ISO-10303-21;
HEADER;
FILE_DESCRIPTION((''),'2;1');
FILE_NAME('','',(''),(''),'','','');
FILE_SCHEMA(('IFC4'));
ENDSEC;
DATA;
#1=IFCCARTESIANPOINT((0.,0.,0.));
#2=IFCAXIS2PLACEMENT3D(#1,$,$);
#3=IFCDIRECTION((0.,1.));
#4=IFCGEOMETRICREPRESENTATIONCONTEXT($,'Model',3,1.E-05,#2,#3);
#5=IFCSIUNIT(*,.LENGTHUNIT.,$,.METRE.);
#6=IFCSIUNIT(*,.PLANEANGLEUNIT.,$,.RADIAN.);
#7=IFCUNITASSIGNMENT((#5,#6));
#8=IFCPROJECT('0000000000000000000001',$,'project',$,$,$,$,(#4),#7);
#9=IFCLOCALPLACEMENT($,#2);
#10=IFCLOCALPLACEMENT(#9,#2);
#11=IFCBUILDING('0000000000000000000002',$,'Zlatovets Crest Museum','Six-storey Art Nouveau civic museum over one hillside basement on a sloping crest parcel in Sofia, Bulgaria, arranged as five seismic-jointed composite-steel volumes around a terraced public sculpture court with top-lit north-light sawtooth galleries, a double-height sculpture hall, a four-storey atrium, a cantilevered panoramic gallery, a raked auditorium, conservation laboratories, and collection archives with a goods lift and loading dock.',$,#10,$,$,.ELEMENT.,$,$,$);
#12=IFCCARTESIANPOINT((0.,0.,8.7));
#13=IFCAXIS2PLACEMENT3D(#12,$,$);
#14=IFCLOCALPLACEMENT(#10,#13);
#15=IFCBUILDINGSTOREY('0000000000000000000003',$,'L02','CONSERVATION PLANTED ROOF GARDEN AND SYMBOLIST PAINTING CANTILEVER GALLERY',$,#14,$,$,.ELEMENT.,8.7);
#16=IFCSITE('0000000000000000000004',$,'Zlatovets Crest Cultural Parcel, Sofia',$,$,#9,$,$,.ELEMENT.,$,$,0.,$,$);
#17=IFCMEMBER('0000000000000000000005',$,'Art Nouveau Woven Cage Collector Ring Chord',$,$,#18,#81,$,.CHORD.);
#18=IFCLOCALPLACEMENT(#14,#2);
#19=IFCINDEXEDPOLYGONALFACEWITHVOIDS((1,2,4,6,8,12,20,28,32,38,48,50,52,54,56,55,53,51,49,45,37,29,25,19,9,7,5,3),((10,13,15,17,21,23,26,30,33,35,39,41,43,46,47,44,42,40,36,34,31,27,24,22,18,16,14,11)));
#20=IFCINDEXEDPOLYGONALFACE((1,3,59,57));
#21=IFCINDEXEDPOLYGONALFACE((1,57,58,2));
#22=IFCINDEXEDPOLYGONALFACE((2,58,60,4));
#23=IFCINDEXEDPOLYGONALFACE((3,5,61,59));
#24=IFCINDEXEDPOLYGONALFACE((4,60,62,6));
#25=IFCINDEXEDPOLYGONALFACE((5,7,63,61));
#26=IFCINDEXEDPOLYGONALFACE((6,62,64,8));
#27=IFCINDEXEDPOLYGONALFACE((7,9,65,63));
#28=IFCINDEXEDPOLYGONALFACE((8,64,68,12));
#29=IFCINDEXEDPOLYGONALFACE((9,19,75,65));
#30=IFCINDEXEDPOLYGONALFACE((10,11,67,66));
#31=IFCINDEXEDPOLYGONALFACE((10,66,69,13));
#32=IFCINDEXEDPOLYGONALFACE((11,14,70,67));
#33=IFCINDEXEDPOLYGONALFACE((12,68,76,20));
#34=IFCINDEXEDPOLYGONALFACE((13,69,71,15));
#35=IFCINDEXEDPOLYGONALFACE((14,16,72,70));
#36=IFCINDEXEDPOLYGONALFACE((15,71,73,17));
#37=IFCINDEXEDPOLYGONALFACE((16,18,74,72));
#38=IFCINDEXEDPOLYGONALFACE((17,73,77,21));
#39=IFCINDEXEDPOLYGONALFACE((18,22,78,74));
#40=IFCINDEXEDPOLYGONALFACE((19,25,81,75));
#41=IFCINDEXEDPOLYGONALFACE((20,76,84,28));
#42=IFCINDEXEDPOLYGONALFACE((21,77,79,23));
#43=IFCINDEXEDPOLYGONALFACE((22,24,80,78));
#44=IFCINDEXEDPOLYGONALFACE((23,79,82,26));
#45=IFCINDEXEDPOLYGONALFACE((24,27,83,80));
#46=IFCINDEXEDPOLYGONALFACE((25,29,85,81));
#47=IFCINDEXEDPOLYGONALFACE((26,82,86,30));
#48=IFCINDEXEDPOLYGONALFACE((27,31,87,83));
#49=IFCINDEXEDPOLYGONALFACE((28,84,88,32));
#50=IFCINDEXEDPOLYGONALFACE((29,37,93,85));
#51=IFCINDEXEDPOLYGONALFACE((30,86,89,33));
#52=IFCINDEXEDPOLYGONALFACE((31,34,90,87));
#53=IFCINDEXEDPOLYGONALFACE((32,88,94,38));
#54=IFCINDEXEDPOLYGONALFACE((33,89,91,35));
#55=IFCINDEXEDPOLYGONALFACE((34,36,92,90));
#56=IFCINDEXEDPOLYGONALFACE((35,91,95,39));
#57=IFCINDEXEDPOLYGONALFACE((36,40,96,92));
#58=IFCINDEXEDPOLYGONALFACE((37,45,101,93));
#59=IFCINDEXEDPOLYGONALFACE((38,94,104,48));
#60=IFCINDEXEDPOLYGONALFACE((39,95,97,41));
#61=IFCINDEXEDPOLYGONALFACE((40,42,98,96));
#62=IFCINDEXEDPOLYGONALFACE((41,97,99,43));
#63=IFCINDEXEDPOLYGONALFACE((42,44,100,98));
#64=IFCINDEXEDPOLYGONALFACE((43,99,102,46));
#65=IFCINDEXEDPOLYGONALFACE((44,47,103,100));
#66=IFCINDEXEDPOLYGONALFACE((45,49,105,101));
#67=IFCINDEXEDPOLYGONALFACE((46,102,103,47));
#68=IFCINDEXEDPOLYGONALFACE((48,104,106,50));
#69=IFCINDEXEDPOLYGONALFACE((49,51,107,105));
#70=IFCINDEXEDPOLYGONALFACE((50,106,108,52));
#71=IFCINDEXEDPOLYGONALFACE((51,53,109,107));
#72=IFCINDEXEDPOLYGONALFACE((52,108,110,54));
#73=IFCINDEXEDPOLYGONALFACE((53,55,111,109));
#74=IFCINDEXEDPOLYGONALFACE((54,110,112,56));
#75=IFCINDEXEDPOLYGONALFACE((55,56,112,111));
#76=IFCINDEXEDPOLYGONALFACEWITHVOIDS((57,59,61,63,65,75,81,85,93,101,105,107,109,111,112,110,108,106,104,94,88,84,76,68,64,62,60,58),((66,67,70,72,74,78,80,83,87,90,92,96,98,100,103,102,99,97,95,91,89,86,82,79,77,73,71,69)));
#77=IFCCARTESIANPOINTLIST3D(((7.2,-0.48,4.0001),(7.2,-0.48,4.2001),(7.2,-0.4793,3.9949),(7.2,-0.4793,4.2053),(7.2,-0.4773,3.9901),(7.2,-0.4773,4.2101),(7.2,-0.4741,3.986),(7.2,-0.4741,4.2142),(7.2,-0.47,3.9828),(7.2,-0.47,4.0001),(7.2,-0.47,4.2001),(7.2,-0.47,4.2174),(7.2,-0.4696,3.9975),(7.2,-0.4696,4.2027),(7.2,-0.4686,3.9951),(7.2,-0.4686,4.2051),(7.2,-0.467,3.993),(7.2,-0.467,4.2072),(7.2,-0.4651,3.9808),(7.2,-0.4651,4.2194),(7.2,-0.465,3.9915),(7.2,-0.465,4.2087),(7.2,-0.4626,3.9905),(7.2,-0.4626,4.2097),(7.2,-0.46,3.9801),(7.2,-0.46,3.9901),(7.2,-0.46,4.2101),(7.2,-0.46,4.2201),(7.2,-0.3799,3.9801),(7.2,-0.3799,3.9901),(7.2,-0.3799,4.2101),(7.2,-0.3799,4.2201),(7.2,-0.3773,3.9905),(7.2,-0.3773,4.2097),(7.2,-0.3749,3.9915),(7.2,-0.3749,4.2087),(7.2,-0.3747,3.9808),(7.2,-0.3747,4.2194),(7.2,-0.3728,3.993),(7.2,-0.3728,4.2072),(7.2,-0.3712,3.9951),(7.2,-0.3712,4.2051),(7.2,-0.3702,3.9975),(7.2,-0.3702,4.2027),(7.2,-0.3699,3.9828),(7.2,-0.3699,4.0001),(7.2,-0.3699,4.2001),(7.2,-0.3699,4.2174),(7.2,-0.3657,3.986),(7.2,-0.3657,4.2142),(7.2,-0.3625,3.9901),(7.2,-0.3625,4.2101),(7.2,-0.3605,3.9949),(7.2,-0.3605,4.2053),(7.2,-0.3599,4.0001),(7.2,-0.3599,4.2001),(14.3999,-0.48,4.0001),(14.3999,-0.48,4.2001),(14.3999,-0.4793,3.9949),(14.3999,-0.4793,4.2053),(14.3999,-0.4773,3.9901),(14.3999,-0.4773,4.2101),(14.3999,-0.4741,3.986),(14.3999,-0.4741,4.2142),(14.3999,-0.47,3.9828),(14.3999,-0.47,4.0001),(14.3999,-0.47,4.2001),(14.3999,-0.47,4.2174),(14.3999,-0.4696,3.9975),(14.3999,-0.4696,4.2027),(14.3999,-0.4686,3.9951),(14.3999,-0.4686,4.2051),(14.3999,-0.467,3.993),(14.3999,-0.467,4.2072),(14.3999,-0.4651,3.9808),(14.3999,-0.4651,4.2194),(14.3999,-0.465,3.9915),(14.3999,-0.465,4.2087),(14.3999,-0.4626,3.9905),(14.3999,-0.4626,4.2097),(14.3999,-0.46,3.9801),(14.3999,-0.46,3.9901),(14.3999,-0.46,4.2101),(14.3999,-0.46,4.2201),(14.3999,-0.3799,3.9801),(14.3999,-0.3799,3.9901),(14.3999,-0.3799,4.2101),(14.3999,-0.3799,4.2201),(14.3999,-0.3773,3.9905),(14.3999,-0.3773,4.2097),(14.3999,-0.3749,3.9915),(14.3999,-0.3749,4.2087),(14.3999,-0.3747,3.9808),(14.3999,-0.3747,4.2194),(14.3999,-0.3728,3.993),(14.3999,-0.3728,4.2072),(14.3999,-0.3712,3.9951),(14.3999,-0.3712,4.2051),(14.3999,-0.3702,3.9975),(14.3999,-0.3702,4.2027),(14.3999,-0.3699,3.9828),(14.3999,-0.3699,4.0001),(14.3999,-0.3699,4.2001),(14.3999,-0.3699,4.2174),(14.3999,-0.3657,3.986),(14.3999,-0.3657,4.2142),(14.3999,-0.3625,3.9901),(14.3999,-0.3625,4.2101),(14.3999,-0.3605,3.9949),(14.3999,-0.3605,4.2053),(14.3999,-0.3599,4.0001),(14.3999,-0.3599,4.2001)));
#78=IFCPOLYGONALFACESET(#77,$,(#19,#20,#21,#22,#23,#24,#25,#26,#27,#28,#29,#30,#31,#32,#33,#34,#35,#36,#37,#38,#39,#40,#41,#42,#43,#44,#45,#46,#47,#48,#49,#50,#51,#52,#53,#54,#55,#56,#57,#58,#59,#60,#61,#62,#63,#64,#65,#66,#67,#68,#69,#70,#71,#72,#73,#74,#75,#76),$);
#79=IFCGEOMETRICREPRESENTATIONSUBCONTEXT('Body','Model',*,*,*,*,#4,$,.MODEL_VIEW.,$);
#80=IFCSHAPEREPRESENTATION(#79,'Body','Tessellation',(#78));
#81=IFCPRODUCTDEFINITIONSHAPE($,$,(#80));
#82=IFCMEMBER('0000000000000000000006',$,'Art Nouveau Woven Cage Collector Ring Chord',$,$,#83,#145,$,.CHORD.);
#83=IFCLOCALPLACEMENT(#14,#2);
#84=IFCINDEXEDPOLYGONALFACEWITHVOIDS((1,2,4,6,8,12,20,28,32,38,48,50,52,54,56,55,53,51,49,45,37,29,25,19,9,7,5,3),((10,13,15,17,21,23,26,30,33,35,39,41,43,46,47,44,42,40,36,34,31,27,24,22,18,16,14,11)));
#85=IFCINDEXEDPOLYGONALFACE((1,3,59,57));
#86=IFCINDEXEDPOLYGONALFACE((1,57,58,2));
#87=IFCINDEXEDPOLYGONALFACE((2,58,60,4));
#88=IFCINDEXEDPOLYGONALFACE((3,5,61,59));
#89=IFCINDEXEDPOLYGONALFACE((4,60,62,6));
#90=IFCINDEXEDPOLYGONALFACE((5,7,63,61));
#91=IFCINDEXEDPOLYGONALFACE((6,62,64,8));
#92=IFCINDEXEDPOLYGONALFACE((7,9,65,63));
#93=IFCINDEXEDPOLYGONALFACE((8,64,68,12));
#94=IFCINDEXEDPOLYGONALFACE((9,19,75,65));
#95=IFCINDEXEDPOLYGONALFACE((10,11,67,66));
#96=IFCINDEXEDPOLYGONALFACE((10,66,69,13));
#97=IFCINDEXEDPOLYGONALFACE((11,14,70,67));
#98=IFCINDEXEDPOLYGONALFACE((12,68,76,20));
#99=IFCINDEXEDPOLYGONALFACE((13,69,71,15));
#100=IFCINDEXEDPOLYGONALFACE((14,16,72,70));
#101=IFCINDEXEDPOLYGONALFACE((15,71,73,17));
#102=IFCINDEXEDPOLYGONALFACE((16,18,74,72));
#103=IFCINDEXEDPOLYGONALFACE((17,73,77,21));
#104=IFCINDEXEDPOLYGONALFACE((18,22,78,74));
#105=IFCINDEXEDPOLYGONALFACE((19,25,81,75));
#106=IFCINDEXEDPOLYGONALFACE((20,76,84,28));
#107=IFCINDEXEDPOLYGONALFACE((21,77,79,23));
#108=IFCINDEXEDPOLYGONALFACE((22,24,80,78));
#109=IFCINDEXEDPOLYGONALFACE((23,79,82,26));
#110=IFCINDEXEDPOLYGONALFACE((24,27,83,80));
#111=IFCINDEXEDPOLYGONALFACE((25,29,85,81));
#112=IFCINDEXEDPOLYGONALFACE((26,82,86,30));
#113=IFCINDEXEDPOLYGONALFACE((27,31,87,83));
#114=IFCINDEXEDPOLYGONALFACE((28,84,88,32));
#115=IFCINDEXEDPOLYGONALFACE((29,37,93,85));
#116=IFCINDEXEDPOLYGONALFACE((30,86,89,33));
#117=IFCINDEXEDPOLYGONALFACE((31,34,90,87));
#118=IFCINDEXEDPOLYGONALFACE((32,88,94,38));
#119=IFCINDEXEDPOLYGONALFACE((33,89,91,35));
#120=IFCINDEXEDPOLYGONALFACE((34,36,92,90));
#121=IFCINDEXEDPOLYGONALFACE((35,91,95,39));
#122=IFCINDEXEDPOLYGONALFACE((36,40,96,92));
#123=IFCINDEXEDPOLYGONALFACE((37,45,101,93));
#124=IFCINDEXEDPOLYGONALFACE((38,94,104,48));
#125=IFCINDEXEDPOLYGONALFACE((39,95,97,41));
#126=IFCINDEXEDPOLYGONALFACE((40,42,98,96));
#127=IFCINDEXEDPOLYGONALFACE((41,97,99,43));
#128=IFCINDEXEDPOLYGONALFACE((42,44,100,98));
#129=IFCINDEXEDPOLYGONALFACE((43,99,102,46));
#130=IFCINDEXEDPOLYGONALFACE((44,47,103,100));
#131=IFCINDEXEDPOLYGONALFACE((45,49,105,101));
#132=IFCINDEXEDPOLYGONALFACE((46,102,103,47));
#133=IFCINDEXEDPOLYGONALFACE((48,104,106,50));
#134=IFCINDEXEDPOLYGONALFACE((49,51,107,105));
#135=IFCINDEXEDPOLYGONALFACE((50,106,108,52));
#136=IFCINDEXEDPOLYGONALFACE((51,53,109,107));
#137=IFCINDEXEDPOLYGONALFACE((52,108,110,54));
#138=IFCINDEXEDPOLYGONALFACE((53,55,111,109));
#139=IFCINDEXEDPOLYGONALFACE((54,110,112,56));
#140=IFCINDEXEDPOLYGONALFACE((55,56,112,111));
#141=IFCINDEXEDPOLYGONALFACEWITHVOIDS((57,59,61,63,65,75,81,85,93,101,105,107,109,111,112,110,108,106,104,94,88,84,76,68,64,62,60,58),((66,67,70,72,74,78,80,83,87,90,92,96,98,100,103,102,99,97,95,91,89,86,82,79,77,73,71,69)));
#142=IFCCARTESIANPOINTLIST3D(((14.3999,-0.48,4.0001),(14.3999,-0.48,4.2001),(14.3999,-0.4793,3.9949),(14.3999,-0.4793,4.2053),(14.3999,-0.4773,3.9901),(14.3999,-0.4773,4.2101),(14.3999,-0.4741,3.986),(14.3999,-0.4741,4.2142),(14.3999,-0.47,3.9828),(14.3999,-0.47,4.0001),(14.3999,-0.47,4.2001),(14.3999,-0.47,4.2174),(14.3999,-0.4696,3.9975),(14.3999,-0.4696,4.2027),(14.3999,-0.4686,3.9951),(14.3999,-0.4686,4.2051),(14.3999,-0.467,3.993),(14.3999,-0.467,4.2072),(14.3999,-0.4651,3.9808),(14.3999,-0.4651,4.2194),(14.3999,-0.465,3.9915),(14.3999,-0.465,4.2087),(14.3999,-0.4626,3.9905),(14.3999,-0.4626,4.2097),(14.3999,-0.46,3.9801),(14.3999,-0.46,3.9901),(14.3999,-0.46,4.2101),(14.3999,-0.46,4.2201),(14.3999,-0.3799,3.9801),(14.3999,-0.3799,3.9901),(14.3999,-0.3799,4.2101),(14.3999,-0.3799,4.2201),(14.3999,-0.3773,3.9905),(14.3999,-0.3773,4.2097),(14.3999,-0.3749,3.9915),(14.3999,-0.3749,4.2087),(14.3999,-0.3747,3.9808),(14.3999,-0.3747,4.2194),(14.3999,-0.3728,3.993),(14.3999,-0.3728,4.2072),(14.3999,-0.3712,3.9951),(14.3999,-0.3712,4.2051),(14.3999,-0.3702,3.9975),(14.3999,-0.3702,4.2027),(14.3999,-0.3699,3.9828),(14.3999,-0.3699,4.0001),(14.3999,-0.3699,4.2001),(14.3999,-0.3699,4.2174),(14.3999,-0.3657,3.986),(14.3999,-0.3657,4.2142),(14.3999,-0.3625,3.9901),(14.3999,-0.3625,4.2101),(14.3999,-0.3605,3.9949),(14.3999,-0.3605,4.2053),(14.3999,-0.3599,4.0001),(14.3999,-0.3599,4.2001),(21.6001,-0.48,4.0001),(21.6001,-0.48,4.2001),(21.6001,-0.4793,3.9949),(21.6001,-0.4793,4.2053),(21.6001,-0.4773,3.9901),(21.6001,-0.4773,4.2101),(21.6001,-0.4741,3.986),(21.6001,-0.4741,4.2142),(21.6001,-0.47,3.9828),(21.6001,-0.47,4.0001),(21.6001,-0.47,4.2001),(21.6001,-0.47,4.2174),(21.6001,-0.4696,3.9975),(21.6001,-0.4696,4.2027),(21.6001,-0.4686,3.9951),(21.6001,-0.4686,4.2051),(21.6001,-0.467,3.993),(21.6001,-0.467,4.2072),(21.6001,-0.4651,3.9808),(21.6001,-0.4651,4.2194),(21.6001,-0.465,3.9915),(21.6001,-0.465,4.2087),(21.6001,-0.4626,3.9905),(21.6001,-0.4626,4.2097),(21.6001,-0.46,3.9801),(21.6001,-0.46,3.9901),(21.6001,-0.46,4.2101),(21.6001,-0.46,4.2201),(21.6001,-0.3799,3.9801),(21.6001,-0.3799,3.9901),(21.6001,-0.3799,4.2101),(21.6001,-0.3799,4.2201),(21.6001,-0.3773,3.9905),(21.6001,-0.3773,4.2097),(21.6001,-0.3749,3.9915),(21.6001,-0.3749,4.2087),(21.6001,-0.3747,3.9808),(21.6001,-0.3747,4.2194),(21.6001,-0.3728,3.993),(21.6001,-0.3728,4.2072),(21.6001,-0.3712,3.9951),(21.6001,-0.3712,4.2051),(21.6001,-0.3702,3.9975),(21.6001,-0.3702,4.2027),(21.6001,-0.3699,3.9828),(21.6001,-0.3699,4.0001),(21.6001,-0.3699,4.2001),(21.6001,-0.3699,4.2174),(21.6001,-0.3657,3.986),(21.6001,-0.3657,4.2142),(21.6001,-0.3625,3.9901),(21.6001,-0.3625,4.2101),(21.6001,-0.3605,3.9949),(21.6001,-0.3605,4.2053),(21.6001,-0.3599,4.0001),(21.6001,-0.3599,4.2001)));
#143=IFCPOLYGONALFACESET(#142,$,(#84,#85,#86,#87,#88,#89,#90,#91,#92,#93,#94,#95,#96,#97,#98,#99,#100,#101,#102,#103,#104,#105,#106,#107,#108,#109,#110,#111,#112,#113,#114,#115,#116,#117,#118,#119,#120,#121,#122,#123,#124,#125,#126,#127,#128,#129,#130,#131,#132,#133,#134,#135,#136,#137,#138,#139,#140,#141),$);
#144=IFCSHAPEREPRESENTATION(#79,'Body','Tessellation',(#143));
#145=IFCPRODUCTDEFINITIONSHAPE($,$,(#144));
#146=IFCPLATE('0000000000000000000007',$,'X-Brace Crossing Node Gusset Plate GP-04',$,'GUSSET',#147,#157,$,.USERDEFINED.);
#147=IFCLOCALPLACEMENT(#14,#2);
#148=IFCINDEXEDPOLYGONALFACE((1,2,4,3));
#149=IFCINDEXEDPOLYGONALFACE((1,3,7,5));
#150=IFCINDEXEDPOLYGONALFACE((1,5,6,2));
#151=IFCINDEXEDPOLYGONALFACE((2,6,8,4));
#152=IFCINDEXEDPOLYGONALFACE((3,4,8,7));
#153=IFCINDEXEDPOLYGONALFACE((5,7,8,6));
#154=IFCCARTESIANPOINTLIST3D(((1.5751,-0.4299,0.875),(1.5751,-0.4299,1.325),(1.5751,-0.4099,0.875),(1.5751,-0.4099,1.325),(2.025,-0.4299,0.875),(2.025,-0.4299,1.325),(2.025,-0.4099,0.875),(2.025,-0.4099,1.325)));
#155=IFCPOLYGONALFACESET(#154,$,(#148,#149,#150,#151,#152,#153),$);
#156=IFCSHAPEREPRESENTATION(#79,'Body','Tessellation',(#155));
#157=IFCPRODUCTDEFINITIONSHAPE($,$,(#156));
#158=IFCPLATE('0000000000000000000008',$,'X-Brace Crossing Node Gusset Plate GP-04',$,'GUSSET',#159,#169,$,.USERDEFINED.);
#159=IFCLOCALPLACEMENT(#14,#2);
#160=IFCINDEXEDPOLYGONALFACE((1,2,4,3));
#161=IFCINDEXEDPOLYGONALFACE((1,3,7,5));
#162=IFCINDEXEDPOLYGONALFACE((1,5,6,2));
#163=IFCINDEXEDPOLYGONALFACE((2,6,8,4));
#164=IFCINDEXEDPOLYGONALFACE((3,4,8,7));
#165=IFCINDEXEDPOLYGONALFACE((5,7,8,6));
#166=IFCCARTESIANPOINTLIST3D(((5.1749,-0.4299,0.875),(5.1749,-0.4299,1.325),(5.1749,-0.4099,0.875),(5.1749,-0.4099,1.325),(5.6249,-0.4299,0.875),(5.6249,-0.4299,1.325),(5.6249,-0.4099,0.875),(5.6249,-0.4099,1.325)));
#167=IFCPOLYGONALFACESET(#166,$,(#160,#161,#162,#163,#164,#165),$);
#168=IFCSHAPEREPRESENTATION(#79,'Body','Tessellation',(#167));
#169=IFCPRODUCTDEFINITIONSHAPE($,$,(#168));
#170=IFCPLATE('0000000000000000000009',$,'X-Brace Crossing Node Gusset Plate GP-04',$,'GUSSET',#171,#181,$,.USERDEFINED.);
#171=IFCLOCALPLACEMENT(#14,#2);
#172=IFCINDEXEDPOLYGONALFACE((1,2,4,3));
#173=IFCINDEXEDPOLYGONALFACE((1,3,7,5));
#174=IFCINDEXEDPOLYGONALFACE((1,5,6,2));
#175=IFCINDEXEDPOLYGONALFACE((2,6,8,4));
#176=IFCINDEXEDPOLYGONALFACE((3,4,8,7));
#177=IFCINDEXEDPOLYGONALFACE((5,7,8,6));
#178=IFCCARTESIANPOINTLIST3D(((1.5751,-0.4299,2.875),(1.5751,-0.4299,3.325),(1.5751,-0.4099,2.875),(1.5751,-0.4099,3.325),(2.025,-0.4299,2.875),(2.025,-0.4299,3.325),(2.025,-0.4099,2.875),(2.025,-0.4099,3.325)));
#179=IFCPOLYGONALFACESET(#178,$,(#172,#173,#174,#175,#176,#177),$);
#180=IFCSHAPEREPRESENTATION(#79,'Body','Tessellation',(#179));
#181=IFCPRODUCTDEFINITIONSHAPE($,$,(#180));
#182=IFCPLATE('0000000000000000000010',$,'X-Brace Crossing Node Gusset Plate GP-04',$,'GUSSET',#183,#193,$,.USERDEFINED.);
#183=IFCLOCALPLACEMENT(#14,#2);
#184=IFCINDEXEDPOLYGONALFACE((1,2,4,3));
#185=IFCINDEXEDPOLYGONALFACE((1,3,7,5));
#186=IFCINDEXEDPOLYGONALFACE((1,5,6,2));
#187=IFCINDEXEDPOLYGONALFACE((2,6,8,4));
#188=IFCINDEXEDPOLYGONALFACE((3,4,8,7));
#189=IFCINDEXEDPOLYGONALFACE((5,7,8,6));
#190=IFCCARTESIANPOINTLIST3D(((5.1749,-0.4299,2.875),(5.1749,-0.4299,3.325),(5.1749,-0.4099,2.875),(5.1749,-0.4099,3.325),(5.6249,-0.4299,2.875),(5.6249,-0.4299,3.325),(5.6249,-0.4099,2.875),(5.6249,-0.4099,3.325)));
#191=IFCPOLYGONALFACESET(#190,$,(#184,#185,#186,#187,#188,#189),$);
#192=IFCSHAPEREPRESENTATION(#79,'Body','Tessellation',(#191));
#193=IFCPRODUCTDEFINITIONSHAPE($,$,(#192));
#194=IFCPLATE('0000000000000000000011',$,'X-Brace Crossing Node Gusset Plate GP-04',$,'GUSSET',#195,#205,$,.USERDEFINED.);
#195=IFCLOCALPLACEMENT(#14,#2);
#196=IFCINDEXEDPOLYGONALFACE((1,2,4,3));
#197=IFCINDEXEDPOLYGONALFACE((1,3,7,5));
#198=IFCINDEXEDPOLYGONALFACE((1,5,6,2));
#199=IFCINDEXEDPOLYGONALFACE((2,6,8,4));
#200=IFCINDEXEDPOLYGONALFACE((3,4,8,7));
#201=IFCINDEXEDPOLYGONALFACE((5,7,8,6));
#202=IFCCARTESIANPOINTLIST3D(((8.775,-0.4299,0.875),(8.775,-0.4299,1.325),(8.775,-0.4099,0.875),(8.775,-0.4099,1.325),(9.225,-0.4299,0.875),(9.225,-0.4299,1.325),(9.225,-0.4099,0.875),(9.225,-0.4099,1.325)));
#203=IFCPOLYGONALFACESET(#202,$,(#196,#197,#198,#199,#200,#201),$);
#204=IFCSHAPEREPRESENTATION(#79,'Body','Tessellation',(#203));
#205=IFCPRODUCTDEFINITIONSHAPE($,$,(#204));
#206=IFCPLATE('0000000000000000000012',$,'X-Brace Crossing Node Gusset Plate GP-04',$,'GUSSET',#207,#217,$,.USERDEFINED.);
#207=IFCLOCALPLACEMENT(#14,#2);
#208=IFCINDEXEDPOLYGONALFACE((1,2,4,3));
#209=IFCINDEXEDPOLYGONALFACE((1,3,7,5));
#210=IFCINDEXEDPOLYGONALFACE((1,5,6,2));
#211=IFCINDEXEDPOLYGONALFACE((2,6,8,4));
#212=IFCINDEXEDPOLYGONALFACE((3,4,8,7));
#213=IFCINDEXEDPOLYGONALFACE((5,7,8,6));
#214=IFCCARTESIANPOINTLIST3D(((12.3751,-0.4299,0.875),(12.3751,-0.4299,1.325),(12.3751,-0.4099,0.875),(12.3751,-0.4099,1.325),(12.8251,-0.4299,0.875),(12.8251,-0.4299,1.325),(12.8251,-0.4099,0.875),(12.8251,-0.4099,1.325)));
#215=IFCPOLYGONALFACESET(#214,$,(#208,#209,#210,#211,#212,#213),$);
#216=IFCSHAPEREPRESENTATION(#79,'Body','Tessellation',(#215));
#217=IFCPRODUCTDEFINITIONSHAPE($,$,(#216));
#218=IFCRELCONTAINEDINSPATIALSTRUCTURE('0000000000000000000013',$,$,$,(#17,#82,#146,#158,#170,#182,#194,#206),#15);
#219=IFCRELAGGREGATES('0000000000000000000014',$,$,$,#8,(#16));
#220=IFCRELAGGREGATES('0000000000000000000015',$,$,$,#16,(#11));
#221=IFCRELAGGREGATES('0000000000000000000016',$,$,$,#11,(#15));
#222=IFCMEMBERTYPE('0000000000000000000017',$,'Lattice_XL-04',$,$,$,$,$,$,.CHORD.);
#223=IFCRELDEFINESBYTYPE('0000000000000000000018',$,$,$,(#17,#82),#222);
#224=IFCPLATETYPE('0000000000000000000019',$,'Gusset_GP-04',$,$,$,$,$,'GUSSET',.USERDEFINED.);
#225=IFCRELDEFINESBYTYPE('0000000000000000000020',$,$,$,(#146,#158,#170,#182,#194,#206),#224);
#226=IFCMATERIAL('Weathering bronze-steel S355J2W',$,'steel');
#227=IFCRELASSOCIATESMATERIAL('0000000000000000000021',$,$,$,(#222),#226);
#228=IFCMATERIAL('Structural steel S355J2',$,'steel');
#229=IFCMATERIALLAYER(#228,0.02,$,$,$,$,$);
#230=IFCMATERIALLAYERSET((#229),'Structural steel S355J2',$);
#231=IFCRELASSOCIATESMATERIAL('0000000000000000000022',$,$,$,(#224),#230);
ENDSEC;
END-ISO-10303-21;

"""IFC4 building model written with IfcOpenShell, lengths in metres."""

from ifc_helpers import new_model, si_unit, direction, frame, origin, origin_2d, place, context, subcontext, project, spatial, rectangle, hollow_rectangle, extrude, material, layer, layer_set, material_profile, profile_set, type_object, element, save


model = new_model("IFC4")

# Units and contexts
model_context = context("Model", 3, precision=1e-05, world=origin(), true_north=direction((0.0, 1.0)))
body_context = subcontext(model_context, "Body", "Model", "MODEL_VIEW")
ifc_project = project(units=[si_unit("LENGTHUNIT", "METRE"), si_unit("PLANEANGLEUNIT", "RADIAN")], contexts=[model_context])

# Site, building, storey
site_placement = place(None, origin())
site = spatial("IfcSite", under=ifc_project, at=site_placement, Name="Zlatovets Crest Cultural Parcel, Sofia", CompositionType="ELEMENT", RefElevation=0.0)
building_placement = place(site_placement, origin())
building = spatial("IfcBuilding", under=site, at=building_placement, Name="Zlatovets Crest Museum", Description="Six-storey Art Nouveau civic museum over one hillside basement on a sloping crest parcel in Sofia, Bulgaria, arranged as five seismic-jointed composite-steel volumes around a terraced public sculpture court with top-lit north-light sawtooth galleries, a double-height sculpture hall, a four-storey atrium, a cantilevered panoramic gallery, a raked auditorium, conservation laboratories, and collection archives with a goods lift and loading dock.", CompositionType="ELEMENT")
storey_placement = place(building_placement, frame((0.0, 0.0, 8.7)))
storey = spatial("IfcBuildingStorey", under=building, at=storey_placement, Name="L02", Description="CONSERVATION PLANTED ROOF GARDEN AND SYMBOLIST PAINTING CANTILEVER GALLERY", CompositionType="ELEMENT", Elevation=8.7)

# Members
ifc_material_1 = material(Name="Weathering bronze-steel S355J2W", Category="steel")
ifc_material_profile_1 = material_profile(ifc_material_1, hollow_rectangle(XDim=0.1201, YDim=0.24, WallThickness=0.01, InnerFilletRadius=0.01, OuterFilletRadius=0.02, at=origin_2d()), Name="RHS 120x240x10.0")
ifc_profile_set_1 = profile_set([ifc_material_profile_1], Name="Weathering bronze-steel S355J2W")
member_type_1 = type_object("IfcMemberType", Name="Lattice_XL-04", PredefinedType="CHORD", material=ifc_profile_set_1)
member_1_placement = place(storey_placement, frame((7.2, -0.4199, 4.1001), z_axis=(1.0, 0.0, 0.0), x_axis=(0.0, 1.0, 0.0)))
element("IfcMember", 1, at=member_1_placement, inside=storey, type_object=member_type_1, Name="Art Nouveau Woven Cage Collector Ring Chord", PredefinedType="CHORD", context=body_context, shape_type="SweptSolid", body=[
    extrude(hollow_rectangle(XDim=0.1201, YDim=0.24, WallThickness=0.01, InnerFilletRadius=0.01, OuterFilletRadius=0.02, at=origin_2d()), origin(), (0.0, 0.0, 1.0), 7.2),
])
member_2_placement = place(storey_placement, frame((14.3999, -0.4199, 4.1001), z_axis=(1.0, 0.0, 0.0), x_axis=(0.0, 1.0, 0.0)))
element("IfcMember", 2, at=member_2_placement, inside=storey, type_object=member_type_1, Name="Art Nouveau Woven Cage Collector Ring Chord", PredefinedType="CHORD", context=body_context, shape_type="SweptSolid", body=[
    extrude(hollow_rectangle(XDim=0.1201, YDim=0.24, WallThickness=0.01, InnerFilletRadius=0.01, OuterFilletRadius=0.02, at=origin_2d()), origin(), (0.0, 0.0, 1.0), 7.2002),
])

# Plates
ifc_material_2 = material(Name="Structural steel S355J2", Category="steel")
ifc_layer = layer(ifc_material_2, 0.02)
ifc_layer_set = layer_set([ifc_layer], Name="Structural steel S355J2")
plate_type = type_object("IfcPlateType", Name="Gusset_GP-04", ElementType="GUSSET", PredefinedType="USERDEFINED", material=ifc_layer_set)
for number, where, z_axis, x_axis, name in (
    (3, (1.8, -0.4199, 0.875), (0.0, 0.0, 1.0), (1.0, 0.0, 0.0), "X-Brace Crossing Node Gusset Plate GP-04"),
    (4, (5.3999, -0.4199, 0.875), (0.0, 0.0, 1.0), (1.0, 0.0, 0.0), "X-Brace Crossing Node Gusset Plate GP-04"),
    (5, (1.8, -0.4199, 2.875), (0.0, 0.0, 1.0), (1.0, 0.0, 0.0), "X-Brace Crossing Node Gusset Plate GP-04"),
    (6, (5.3999, -0.4199, 2.875), (0.0, 0.0, 1.0), (1.0, 0.0, 0.0), "X-Brace Crossing Node Gusset Plate GP-04"),
    (7, (9.0, -0.4199, 0.875), (0.0, 0.0, 1.0), (1.0, 0.0, 0.0), "X-Brace Crossing Node Gusset Plate GP-04"),
    (8, (12.6001, -0.4199, 0.875), (0.0, 0.0, 1.0), (1.0, 0.0, 0.0), "X-Brace Crossing Node Gusset Plate GP-04"),
):
    element("IfcPlate", number, at=place(storey_placement, frame(where, z_axis=z_axis, x_axis=x_axis)), inside=storey, type_object=plate_type, Name=name, ObjectType="GUSSET", PredefinedType="USERDEFINED", context=body_context, shape_type="SweptSolid", body=[
        extrude(rectangle(XDim=0.45, YDim=0.02, at=origin_2d()), origin(), (0.0, 0.0, 1.0), 0.45),
    ])

save(model, "model.ifc")
